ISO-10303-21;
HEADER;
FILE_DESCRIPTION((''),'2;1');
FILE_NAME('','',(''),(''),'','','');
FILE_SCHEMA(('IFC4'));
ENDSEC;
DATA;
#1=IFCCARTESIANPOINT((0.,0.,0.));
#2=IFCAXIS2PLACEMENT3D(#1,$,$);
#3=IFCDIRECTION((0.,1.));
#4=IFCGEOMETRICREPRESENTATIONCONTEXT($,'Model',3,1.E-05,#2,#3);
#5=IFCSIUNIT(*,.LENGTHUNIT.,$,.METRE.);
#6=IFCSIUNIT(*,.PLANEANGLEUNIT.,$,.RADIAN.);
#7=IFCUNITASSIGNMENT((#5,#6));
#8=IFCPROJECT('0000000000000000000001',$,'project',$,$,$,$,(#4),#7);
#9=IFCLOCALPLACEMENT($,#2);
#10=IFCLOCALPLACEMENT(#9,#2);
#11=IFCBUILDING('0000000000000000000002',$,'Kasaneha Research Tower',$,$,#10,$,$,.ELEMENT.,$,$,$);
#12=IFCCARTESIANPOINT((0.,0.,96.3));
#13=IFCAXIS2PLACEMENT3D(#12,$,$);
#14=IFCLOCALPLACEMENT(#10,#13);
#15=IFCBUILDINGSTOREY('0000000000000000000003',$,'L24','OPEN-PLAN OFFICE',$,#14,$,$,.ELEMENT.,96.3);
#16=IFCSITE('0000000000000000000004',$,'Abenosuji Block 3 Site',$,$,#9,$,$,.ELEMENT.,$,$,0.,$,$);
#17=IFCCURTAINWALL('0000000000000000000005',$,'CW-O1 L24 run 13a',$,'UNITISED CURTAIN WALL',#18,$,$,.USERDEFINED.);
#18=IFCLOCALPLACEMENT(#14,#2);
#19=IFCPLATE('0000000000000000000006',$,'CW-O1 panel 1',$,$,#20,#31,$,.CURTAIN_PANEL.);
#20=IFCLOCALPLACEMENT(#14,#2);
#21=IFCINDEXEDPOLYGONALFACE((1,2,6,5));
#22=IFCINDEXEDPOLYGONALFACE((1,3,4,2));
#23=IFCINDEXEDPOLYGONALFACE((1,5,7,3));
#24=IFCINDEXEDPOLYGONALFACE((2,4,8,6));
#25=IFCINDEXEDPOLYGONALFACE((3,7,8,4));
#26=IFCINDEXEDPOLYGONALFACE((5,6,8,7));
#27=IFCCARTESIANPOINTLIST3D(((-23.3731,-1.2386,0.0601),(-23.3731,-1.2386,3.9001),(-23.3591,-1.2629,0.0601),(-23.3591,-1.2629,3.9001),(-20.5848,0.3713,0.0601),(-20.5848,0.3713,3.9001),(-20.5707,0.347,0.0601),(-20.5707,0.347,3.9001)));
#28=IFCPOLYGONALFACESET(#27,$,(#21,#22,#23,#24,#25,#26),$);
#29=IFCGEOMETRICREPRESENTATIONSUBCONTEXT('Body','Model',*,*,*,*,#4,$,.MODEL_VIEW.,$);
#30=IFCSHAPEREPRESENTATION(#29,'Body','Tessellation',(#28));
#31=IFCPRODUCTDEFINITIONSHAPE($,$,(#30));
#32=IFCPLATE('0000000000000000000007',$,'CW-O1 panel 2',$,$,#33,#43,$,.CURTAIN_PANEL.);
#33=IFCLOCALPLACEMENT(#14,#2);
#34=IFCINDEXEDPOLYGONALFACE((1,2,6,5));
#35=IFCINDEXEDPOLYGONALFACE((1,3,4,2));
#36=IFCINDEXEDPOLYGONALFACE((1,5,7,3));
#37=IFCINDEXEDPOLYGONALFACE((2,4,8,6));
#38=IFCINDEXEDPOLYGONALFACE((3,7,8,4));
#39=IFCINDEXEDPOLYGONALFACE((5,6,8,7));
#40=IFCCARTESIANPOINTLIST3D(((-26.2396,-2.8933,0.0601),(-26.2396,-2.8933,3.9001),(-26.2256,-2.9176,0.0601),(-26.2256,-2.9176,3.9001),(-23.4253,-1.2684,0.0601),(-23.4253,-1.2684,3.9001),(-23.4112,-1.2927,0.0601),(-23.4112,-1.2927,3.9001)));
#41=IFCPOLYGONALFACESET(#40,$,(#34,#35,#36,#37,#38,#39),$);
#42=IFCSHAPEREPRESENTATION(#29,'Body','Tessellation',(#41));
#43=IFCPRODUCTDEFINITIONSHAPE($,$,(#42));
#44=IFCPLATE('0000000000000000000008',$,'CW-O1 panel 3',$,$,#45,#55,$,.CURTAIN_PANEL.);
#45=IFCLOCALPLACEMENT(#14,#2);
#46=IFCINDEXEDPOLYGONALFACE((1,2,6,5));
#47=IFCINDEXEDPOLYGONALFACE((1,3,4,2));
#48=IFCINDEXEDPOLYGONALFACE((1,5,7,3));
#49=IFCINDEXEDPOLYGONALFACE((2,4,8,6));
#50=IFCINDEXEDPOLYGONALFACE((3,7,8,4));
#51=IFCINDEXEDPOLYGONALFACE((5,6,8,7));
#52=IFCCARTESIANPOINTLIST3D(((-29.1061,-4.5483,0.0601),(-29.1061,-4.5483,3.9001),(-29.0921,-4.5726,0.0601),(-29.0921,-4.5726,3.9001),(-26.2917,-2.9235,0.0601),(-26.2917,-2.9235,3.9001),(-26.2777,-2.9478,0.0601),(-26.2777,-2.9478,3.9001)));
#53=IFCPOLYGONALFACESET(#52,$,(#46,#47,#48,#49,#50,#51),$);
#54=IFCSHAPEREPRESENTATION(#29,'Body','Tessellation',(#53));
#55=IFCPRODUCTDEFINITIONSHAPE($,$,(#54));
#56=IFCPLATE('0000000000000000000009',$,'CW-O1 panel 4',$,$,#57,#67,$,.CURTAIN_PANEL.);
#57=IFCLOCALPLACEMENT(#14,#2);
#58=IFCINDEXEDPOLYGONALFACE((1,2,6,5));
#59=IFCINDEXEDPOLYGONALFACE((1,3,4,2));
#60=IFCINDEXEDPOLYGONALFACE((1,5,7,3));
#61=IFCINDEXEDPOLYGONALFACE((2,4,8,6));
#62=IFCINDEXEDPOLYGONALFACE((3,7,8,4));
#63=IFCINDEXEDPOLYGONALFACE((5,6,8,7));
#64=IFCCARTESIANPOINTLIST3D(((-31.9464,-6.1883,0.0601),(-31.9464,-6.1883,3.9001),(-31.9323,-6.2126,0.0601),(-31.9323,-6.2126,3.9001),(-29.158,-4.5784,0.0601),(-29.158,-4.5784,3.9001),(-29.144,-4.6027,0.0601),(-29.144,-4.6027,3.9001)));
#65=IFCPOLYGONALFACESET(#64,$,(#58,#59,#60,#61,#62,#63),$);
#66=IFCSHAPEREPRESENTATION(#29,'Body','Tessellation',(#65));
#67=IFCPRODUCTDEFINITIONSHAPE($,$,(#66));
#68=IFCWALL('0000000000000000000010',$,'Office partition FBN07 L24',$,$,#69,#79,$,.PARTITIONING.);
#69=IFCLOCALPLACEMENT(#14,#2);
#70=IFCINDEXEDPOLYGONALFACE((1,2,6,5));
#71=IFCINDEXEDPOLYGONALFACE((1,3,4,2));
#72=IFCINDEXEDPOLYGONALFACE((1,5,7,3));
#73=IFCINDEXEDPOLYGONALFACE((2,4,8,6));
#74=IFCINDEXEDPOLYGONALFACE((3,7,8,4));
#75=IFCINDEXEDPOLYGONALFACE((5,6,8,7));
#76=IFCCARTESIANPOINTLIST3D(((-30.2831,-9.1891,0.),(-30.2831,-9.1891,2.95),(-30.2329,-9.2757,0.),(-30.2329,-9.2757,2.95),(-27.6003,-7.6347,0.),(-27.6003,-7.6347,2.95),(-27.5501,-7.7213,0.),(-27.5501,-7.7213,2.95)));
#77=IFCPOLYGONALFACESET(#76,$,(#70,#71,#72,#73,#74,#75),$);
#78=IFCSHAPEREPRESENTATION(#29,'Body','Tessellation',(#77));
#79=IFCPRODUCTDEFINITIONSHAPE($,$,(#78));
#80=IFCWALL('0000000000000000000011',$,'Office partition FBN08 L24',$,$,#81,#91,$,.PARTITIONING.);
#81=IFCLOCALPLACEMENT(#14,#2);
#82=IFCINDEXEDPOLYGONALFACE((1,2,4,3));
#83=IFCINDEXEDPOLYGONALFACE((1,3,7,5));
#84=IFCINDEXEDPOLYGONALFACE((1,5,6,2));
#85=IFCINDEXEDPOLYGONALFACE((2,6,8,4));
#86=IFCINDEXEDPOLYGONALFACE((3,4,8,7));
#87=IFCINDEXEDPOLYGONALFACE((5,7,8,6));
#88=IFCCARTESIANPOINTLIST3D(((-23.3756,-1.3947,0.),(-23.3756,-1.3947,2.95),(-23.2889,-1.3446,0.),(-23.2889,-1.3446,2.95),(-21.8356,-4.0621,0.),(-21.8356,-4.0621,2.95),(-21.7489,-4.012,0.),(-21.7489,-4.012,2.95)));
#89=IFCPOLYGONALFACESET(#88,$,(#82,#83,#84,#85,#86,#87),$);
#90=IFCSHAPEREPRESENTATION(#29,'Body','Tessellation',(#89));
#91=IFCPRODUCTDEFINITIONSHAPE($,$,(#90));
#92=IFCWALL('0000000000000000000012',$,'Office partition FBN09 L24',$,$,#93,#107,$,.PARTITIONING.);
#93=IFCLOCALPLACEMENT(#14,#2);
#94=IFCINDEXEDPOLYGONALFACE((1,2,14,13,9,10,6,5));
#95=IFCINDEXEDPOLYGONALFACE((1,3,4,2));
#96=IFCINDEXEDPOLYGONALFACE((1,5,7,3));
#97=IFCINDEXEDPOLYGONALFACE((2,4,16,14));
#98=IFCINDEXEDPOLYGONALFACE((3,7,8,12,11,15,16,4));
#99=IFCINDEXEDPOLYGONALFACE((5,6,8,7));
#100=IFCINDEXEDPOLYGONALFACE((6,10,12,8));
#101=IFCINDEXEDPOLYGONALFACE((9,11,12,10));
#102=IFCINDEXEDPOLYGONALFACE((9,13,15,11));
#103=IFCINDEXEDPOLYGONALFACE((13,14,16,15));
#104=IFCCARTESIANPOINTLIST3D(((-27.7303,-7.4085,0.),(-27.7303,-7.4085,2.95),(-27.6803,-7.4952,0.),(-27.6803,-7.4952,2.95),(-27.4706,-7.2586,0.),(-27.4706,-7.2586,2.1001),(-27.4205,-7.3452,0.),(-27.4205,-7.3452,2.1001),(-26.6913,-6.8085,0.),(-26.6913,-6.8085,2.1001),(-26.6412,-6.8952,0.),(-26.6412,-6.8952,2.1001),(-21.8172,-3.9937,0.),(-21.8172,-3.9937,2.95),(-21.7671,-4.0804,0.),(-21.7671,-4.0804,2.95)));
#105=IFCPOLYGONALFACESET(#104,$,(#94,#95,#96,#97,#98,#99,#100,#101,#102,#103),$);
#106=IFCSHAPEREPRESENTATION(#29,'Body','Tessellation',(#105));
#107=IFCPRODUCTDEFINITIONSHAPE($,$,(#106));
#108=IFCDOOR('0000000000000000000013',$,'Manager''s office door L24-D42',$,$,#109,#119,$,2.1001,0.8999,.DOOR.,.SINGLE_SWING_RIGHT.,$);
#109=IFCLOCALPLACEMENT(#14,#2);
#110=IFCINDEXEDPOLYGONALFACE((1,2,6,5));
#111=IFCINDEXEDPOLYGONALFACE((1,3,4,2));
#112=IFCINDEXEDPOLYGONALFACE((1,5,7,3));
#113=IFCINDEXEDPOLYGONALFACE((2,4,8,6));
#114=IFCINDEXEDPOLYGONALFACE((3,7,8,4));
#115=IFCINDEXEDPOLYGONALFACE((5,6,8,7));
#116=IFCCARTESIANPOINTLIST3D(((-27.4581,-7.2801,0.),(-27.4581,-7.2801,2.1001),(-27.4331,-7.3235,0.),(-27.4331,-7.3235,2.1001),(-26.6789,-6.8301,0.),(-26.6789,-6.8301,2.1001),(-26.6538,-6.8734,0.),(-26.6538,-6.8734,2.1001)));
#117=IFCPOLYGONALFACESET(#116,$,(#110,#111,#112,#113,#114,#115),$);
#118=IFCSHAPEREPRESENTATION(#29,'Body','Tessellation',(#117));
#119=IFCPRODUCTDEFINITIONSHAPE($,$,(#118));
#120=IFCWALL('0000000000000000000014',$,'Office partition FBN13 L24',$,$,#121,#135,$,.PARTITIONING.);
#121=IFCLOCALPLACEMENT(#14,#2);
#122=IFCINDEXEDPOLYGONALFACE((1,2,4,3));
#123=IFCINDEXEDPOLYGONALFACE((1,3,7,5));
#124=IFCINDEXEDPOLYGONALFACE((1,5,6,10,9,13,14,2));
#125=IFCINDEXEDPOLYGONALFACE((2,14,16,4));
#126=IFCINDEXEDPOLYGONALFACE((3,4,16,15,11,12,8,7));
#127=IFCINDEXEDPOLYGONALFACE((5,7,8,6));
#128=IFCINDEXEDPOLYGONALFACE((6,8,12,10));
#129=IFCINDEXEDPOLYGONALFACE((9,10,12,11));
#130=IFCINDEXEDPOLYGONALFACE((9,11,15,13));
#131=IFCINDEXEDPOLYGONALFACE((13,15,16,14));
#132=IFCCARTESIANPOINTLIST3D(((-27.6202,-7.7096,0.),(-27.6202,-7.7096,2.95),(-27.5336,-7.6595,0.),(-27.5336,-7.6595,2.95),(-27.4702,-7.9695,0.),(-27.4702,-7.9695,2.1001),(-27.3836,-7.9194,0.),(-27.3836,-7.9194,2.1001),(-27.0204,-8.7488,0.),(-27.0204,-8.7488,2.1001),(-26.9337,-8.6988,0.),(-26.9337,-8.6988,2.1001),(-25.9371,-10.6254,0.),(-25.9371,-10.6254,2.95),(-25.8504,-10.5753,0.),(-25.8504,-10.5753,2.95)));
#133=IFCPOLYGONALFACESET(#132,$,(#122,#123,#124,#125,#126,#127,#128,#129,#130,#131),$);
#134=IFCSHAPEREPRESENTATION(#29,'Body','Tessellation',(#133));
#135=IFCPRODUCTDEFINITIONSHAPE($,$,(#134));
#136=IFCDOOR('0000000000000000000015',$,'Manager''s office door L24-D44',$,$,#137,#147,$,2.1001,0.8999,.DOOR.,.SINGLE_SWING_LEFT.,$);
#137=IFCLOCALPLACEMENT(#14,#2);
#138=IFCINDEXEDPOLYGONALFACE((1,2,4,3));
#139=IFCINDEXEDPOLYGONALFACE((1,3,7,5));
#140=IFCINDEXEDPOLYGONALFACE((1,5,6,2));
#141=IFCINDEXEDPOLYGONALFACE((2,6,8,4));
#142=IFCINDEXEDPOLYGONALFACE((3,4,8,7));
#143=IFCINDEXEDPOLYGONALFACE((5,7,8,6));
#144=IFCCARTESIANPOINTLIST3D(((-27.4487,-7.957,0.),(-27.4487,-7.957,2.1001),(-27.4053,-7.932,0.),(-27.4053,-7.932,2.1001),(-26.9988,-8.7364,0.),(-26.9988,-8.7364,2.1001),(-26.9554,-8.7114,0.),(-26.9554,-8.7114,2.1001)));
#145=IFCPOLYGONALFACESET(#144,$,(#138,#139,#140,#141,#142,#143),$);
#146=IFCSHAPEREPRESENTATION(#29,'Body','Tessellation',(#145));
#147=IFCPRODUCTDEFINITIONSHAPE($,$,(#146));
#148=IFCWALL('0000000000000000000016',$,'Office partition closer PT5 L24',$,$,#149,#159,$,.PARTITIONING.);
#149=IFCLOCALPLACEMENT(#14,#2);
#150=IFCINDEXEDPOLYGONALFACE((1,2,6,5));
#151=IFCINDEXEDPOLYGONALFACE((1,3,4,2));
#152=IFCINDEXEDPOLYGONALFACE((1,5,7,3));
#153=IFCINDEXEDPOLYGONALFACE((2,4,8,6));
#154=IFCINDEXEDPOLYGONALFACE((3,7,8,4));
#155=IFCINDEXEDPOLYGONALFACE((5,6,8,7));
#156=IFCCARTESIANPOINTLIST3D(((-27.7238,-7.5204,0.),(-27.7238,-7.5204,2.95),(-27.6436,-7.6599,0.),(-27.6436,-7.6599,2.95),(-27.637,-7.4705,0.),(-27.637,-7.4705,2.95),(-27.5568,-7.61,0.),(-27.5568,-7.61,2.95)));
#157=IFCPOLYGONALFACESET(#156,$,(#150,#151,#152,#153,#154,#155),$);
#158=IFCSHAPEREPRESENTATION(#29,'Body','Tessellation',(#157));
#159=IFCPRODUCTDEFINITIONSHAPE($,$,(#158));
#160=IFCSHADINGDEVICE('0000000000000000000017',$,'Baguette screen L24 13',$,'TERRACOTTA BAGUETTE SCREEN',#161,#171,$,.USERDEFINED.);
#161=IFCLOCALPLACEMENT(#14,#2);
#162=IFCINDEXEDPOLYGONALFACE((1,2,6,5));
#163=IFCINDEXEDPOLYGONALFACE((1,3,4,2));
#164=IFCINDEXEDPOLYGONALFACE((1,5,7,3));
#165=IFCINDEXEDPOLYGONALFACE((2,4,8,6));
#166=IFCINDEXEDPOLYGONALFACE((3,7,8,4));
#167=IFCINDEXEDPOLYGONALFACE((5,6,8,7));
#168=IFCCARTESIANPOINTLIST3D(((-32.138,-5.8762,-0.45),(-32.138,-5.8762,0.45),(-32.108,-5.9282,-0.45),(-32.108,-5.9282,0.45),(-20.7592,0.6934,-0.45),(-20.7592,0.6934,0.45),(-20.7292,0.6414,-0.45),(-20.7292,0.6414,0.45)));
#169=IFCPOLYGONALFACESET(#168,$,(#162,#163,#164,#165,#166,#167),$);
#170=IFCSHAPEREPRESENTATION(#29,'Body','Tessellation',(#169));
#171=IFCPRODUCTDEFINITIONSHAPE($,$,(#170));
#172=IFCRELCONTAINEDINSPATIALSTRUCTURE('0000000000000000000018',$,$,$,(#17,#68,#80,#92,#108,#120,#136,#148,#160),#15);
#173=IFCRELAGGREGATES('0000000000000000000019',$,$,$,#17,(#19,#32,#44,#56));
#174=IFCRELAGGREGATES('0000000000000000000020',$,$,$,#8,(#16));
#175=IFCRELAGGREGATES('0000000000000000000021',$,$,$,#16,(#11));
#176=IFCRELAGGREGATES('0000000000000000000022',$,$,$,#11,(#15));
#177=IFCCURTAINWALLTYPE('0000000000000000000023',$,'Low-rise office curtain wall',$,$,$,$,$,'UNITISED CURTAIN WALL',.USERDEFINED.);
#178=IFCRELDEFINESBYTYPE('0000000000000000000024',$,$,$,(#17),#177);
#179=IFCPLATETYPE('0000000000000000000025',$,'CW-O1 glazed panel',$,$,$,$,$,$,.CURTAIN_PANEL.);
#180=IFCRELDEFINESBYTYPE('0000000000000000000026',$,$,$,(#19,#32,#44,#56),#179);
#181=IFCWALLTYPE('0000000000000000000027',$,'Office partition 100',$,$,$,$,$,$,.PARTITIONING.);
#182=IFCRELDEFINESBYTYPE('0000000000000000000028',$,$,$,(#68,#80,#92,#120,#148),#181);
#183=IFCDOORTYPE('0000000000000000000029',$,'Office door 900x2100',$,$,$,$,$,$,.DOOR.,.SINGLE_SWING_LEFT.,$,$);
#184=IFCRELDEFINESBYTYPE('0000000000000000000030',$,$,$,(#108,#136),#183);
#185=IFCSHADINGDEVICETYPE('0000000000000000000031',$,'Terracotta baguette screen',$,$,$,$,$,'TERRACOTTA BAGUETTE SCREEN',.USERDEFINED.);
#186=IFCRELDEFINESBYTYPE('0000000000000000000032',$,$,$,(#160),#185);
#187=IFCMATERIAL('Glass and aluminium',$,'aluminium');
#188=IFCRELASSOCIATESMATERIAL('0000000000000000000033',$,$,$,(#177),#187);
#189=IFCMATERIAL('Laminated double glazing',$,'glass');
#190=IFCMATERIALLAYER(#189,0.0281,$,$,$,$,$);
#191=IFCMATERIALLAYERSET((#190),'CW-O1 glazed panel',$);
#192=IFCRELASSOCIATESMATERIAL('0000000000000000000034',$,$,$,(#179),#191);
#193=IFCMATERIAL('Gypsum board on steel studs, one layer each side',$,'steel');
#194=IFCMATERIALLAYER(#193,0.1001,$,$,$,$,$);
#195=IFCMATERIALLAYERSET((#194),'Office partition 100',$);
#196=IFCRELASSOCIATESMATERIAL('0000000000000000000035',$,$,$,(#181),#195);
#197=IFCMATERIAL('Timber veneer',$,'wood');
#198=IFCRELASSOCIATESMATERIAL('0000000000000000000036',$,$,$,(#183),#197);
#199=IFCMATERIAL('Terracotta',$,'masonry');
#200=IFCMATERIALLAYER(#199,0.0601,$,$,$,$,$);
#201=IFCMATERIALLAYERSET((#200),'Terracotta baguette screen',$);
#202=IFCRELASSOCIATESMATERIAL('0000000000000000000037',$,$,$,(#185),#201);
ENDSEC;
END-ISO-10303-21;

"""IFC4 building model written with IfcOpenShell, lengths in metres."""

from ifc_helpers import new_model, si_unit, direction, frame, frame_2d, origin, origin_2d, place, context, subcontext, project, spatial, rectangle, extrude, material, layer, layer_set, type_object, element, fill, aggregate, save


model = new_model("IFC4")

# Units and contexts
model_context = context("Model", 3, precision=1e-05, world=origin(), true_north=direction((0.0, 1.0)))
body_context = subcontext(model_context, "Body", "Model", "MODEL_VIEW")
ifc_project = project(units=[si_unit("LENGTHUNIT", "METRE"), si_unit("PLANEANGLEUNIT", "RADIAN")], contexts=[model_context])

# Site, building, storey
site_placement = place(None, origin())
site = spatial("IfcSite", under=ifc_project, at=site_placement, Name="Abenosuji Block 3 Site", CompositionType="ELEMENT", RefElevation=0.0)
building_placement = place(site_placement, origin())
building = spatial("IfcBuilding", under=site, at=building_placement, Name="Kasaneha Research Tower", CompositionType="ELEMENT")
storey_placement = place(building_placement, frame((0.0, 0.0, 96.3)))
storey = spatial("IfcBuildingStorey", under=building, at=storey_placement, Name="L24", Description="OPEN-PLAN OFFICE", CompositionType="ELEMENT", Elevation=96.3)

# Curtain wall
ifc_material_1 = material(Name="Glass and aluminium", Category="aluminium")
curtain_wall_type = type_object("IfcCurtainWallType", Name="Low-rise office curtain wall", ElementType="UNITISED CURTAIN WALL", PredefinedType="USERDEFINED", material=ifc_material_1)
curtain_wall_1_placement = place(storey_placement, origin())
curtain_wall_1 = element("IfcCurtainWall", 1, at=curtain_wall_1_placement, inside=storey, type_object=curtain_wall_type, Name="CW-O1 L24 run 13a", ObjectType="UNITISED CURTAIN WALL", PredefinedType="USERDEFINED")

# Plates
ifc_material_2 = material(Name="Laminated double glazing", Category="glass")
ifc_layer_1 = layer(ifc_material_2, 0.0281)
ifc_layer_set_1 = layer_set([ifc_layer_1], Name="CW-O1 glazed panel")
plate_type = type_object("IfcPlateType", Name="CW-O1 glazed panel", PredefinedType="CURTAIN_PANEL", material=ifc_layer_set_1)
plate_1_placement = place(storey_placement, frame((-21.9719, -0.4458, 0.0601), z_axis=(0.0, 0.0, 1.0), x_axis=(-0.866025, -0.5, 0.0)))
plate_1 = element("IfcPlate", 2, at=plate_1_placement, type_object=plate_type, Name="CW-O1 panel 1", PredefinedType="CURTAIN_PANEL", context=body_context, shape_type="SweptSolid", body=[
    extrude(rectangle(XDim=3.2197, YDim=0.0281, at=origin_2d()), origin(), (0.0, 0.0, 1.0), 3.8401),
])
plate_2_placement = place(storey_placement, frame((-24.8254, -2.093, 0.0601), z_axis=(0.0, 0.0, 1.0), x_axis=(-0.866025, -0.5, 0.0)))
plate_2 = element("IfcPlate", 3, at=plate_2_placement, type_object=plate_type, Name="CW-O1 panel 2", PredefinedType="CURTAIN_PANEL", context=body_context, shape_type="SweptSolid", body=[
    extrude(rectangle(XDim=3.2498, YDim=0.0281, at=origin_2d()), origin(), (0.0, 0.0, 1.0), 3.8401),
])
plate_3_placement = place(storey_placement, frame((-27.6919, -3.748, 0.0601), z_axis=(0.0, 0.0, 1.0), x_axis=(-0.866025, -0.5, 0.0)))
plate_3 = element("IfcPlate", 4, at=plate_3_placement, type_object=plate_type, Name="CW-O1 panel 3", PredefinedType="CURTAIN_PANEL", context=body_context, shape_type="SweptSolid", body=[
    extrude(rectangle(XDim=3.2498, YDim=0.0281, at=origin_2d()), origin(), (0.0, 0.0, 1.0), 3.8401),
])
plate_4_placement = place(storey_placement, frame((-30.5452, -5.3955, 0.0601), z_axis=(0.0, 0.0, 1.0), x_axis=(-0.866025, -0.5, 0.0)))
plate_4 = element("IfcPlate", 5, at=plate_4_placement, type_object=plate_type, Name="CW-O1 panel 4", PredefinedType="CURTAIN_PANEL", context=body_context, shape_type="SweptSolid", body=[
    extrude(rectangle(XDim=3.2197, YDim=0.0281, at=origin_2d()), origin(), (0.0, 0.0, 1.0), 3.8401),
])
aggregate(curtain_wall_1, [plate_1, plate_2, plate_3, plate_4])

# Walls
ifc_material_3 = material(Name="Gypsum board on steel studs, one layer each side", Category="steel")
ifc_layer_2 = layer(ifc_material_3, 0.1001)
ifc_layer_set_2 = layer_set([ifc_layer_2], Name="Office partition 100")
wall_type = type_object("IfcWallType", Name="Office partition 100", PredefinedType="PARTITIONING", material=ifc_layer_set_2)
wall_1_placement = place(storey_placement, frame((-27.5752, -7.678, 0.0), z_axis=(0.0, 0.0, 1.0), x_axis=(-0.865257, -0.501328, 0.0)))
element("IfcWall", 6, at=wall_1_placement, inside=storey, type_object=wall_type, Name="Office partition FBN07 L24", PredefinedType="PARTITIONING", context=body_context, shape_type="SweptSolid", body=[
    extrude(rectangle(XDim=3.1006, YDim=0.1001, at=frame_2d((1.5503, 0.0))), origin(), (0.0, 0.0, 1.0), 2.95),
])
wall_2_placement = place(storey_placement, frame((-23.3323, -1.3696, 0.0), z_axis=(0.0, 0.0, 1.0), x_axis=(0.499992, -0.86603, 0.0)))
element("IfcWall", 7, at=wall_2_placement, inside=storey, type_object=wall_type, Name="Office partition FBN08 L24", PredefinedType="PARTITIONING", context=body_context, shape_type="SweptSolid", body=[
    extrude(rectangle(XDim=3.0801, YDim=0.1001, at=frame_2d((1.54, 0.0))), origin(), (0.0, 0.0, 1.0), 2.95),
])

# Walls, openings, doors
wall_3_placement = place(storey_placement, frame((-21.7922, -4.0371, 0.0), z_axis=(0.0, 0.0, 1.0), x_axis=(-0.86597, -0.500096, 0.0)))
wall_3 = element("IfcWall", 8, at=wall_3_placement, inside=storey, type_object=wall_type, Name="Office partition FBN09 L24", PredefinedType="PARTITIONING", context=body_context, shape_type="SweptSolid", body=[
    extrude(rectangle(XDim=6.8284, YDim=0.1001, at=frame_2d((3.4141, 0.0))), origin(), (0.0, 0.0, 1.0), 2.95),
])
opening_1_placement = place(wall_3_placement, frame((5.6284, 0.0, 0.0)))
opening_1 = element("IfcOpeningElement", 9, at=opening_1_placement, cuts=wall_3, PredefinedType="OPENING", context=body_context, shape_type="SweptSolid", body=[
    extrude(rectangle(XDim=0.8999, YDim=2.1001, at=frame_2d((0.45, 1.05))), frame((0.0, 0.0601, 0.0), z_axis=(0.0, -1.0, 0.0), x_axis=(1.0, 0.0, 0.0)), (0.0, 0.0, 1.0), 0.1201),
])
ifc_material_4 = material(Name="Timber veneer", Category="wood")
door_type = type_object("IfcDoorType", Name="Office door 900x2100", OperationType="SINGLE_SWING_LEFT", PredefinedType="DOOR", material=ifc_material_4)
door_1_placement = place(opening_1_placement, origin())
door_1 = element("IfcDoor", 10, at=door_1_placement, inside=storey, type_object=door_type, Name="Manager's office door L24-D42", OperationType="SINGLE_SWING_RIGHT", OverallHeight=2.1001, OverallWidth=0.8999, PredefinedType="DOOR", context=body_context, shape_type="SweptSolid", body=[
    extrude(rectangle(XDim=0.8999, YDim=2.1001, at=frame_2d((0.45, 1.05))), frame((0.0, 0.0249, 0.0), z_axis=(0.0, -1.0, 0.0), x_axis=(1.0, 0.0, 0.0)), (0.0, 0.0, 1.0), 0.05),
])
fill(opening_1, door_1)
wall_4_placement = place(storey_placement, frame((-27.5769, -7.6846, 0.0), z_axis=(0.0, 0.0, 1.0), x_axis=(0.49993, -0.866066, 0.0)))
wall_4 = element("IfcWall", 11, at=wall_4_placement, inside=storey, type_object=wall_type, Name="Office partition FBN13 L24", PredefinedType="PARTITIONING", context=body_context, shape_type="SweptSolid", body=[
    extrude(rectangle(XDim=3.3667, YDim=0.1001, at=frame_2d((1.6833, 0.0))), origin(), (0.0, 0.0, 1.0), 2.95),
])
opening_2_placement = place(wall_4_placement, frame((0.3, 0.0, 0.0)))
opening_2 = element("IfcOpeningElement", 12, at=opening_2_placement, cuts=wall_4, PredefinedType="OPENING", context=body_context, shape_type="SweptSolid", body=[
    extrude(rectangle(XDim=0.8999, YDim=2.1001, at=frame_2d((0.45, 1.05))), frame((0.0, 0.0601, 0.0), z_axis=(0.0, -1.0, 0.0), x_axis=(1.0, 0.0, 0.0)), (0.0, 0.0, 1.0), 0.1201),
])
door_2_placement = place(opening_2_placement, origin())
door_2 = element("IfcDoor", 13, at=door_2_placement, inside=storey, type_object=door_type, Name="Manager's office door L24-D44", OperationType="SINGLE_SWING_LEFT", OverallHeight=2.1001, OverallWidth=0.8999, PredefinedType="DOOR", context=body_context, shape_type="SweptSolid", body=[
    extrude(rectangle(XDim=0.8999, YDim=2.1001, at=frame_2d((0.45, 1.05))), frame((0.0, 0.0249, 0.0), z_axis=(0.0, -1.0, 0.0), x_axis=(1.0, 0.0, 0.0)), (0.0, 0.0, 1.0), 0.05),
])
fill(opening_2, door_2)

# Wall
wall_5_placement = place(storey_placement, frame((-27.6804, -7.4954, 0.0), z_axis=(0.0, 0.0, 1.0), x_axis=(0.4981, -0.867119, 0.0)))
element("IfcWall", 14, at=wall_5_placement, inside=storey, type_object=wall_type, Name="Office partition closer PT5 L24", PredefinedType="PARTITIONING", context=body_context, shape_type="SweptSolid", body=[
    extrude(rectangle(XDim=0.1609, YDim=0.1001, at=frame_2d((0.0806, 0.0))), origin(), (0.0, 0.0, 1.0), 2.95),
])

# Shading device
ifc_material_5 = material(Name="Terracotta", Category="masonry")
ifc_layer_3 = layer(ifc_material_5, 0.0601)
ifc_layer_set_3 = layer_set([ifc_layer_3], Name="Terracotta baguette screen")
shading_device_type = type_object("IfcShadingDeviceType", Name="Terracotta baguette screen", ElementType="TERRACOTTA BAGUETTE SCREEN", PredefinedType="USERDEFINED", material=ifc_layer_set_3)
shading_device_placement = place(storey_placement, frame((-26.4336, -2.6174, -0.45), z_axis=(0.0, 0.0, 1.0), x_axis=(-0.866025, -0.5, 0.0)))
element("IfcShadingDevice", 15, at=shading_device_placement, inside=storey, type_object=shading_device_type, Name="Baguette screen L24 13", ObjectType="TERRACOTTA BAGUETTE SCREEN", PredefinedType="USERDEFINED", context=body_context, shape_type="SweptSolid", body=[
    extrude(rectangle(XDim=13.1392, YDim=0.0601, at=origin_2d()), origin(), (0.0, 0.0, 1.0), 0.8999),
])

save(model, "model.ifc")
